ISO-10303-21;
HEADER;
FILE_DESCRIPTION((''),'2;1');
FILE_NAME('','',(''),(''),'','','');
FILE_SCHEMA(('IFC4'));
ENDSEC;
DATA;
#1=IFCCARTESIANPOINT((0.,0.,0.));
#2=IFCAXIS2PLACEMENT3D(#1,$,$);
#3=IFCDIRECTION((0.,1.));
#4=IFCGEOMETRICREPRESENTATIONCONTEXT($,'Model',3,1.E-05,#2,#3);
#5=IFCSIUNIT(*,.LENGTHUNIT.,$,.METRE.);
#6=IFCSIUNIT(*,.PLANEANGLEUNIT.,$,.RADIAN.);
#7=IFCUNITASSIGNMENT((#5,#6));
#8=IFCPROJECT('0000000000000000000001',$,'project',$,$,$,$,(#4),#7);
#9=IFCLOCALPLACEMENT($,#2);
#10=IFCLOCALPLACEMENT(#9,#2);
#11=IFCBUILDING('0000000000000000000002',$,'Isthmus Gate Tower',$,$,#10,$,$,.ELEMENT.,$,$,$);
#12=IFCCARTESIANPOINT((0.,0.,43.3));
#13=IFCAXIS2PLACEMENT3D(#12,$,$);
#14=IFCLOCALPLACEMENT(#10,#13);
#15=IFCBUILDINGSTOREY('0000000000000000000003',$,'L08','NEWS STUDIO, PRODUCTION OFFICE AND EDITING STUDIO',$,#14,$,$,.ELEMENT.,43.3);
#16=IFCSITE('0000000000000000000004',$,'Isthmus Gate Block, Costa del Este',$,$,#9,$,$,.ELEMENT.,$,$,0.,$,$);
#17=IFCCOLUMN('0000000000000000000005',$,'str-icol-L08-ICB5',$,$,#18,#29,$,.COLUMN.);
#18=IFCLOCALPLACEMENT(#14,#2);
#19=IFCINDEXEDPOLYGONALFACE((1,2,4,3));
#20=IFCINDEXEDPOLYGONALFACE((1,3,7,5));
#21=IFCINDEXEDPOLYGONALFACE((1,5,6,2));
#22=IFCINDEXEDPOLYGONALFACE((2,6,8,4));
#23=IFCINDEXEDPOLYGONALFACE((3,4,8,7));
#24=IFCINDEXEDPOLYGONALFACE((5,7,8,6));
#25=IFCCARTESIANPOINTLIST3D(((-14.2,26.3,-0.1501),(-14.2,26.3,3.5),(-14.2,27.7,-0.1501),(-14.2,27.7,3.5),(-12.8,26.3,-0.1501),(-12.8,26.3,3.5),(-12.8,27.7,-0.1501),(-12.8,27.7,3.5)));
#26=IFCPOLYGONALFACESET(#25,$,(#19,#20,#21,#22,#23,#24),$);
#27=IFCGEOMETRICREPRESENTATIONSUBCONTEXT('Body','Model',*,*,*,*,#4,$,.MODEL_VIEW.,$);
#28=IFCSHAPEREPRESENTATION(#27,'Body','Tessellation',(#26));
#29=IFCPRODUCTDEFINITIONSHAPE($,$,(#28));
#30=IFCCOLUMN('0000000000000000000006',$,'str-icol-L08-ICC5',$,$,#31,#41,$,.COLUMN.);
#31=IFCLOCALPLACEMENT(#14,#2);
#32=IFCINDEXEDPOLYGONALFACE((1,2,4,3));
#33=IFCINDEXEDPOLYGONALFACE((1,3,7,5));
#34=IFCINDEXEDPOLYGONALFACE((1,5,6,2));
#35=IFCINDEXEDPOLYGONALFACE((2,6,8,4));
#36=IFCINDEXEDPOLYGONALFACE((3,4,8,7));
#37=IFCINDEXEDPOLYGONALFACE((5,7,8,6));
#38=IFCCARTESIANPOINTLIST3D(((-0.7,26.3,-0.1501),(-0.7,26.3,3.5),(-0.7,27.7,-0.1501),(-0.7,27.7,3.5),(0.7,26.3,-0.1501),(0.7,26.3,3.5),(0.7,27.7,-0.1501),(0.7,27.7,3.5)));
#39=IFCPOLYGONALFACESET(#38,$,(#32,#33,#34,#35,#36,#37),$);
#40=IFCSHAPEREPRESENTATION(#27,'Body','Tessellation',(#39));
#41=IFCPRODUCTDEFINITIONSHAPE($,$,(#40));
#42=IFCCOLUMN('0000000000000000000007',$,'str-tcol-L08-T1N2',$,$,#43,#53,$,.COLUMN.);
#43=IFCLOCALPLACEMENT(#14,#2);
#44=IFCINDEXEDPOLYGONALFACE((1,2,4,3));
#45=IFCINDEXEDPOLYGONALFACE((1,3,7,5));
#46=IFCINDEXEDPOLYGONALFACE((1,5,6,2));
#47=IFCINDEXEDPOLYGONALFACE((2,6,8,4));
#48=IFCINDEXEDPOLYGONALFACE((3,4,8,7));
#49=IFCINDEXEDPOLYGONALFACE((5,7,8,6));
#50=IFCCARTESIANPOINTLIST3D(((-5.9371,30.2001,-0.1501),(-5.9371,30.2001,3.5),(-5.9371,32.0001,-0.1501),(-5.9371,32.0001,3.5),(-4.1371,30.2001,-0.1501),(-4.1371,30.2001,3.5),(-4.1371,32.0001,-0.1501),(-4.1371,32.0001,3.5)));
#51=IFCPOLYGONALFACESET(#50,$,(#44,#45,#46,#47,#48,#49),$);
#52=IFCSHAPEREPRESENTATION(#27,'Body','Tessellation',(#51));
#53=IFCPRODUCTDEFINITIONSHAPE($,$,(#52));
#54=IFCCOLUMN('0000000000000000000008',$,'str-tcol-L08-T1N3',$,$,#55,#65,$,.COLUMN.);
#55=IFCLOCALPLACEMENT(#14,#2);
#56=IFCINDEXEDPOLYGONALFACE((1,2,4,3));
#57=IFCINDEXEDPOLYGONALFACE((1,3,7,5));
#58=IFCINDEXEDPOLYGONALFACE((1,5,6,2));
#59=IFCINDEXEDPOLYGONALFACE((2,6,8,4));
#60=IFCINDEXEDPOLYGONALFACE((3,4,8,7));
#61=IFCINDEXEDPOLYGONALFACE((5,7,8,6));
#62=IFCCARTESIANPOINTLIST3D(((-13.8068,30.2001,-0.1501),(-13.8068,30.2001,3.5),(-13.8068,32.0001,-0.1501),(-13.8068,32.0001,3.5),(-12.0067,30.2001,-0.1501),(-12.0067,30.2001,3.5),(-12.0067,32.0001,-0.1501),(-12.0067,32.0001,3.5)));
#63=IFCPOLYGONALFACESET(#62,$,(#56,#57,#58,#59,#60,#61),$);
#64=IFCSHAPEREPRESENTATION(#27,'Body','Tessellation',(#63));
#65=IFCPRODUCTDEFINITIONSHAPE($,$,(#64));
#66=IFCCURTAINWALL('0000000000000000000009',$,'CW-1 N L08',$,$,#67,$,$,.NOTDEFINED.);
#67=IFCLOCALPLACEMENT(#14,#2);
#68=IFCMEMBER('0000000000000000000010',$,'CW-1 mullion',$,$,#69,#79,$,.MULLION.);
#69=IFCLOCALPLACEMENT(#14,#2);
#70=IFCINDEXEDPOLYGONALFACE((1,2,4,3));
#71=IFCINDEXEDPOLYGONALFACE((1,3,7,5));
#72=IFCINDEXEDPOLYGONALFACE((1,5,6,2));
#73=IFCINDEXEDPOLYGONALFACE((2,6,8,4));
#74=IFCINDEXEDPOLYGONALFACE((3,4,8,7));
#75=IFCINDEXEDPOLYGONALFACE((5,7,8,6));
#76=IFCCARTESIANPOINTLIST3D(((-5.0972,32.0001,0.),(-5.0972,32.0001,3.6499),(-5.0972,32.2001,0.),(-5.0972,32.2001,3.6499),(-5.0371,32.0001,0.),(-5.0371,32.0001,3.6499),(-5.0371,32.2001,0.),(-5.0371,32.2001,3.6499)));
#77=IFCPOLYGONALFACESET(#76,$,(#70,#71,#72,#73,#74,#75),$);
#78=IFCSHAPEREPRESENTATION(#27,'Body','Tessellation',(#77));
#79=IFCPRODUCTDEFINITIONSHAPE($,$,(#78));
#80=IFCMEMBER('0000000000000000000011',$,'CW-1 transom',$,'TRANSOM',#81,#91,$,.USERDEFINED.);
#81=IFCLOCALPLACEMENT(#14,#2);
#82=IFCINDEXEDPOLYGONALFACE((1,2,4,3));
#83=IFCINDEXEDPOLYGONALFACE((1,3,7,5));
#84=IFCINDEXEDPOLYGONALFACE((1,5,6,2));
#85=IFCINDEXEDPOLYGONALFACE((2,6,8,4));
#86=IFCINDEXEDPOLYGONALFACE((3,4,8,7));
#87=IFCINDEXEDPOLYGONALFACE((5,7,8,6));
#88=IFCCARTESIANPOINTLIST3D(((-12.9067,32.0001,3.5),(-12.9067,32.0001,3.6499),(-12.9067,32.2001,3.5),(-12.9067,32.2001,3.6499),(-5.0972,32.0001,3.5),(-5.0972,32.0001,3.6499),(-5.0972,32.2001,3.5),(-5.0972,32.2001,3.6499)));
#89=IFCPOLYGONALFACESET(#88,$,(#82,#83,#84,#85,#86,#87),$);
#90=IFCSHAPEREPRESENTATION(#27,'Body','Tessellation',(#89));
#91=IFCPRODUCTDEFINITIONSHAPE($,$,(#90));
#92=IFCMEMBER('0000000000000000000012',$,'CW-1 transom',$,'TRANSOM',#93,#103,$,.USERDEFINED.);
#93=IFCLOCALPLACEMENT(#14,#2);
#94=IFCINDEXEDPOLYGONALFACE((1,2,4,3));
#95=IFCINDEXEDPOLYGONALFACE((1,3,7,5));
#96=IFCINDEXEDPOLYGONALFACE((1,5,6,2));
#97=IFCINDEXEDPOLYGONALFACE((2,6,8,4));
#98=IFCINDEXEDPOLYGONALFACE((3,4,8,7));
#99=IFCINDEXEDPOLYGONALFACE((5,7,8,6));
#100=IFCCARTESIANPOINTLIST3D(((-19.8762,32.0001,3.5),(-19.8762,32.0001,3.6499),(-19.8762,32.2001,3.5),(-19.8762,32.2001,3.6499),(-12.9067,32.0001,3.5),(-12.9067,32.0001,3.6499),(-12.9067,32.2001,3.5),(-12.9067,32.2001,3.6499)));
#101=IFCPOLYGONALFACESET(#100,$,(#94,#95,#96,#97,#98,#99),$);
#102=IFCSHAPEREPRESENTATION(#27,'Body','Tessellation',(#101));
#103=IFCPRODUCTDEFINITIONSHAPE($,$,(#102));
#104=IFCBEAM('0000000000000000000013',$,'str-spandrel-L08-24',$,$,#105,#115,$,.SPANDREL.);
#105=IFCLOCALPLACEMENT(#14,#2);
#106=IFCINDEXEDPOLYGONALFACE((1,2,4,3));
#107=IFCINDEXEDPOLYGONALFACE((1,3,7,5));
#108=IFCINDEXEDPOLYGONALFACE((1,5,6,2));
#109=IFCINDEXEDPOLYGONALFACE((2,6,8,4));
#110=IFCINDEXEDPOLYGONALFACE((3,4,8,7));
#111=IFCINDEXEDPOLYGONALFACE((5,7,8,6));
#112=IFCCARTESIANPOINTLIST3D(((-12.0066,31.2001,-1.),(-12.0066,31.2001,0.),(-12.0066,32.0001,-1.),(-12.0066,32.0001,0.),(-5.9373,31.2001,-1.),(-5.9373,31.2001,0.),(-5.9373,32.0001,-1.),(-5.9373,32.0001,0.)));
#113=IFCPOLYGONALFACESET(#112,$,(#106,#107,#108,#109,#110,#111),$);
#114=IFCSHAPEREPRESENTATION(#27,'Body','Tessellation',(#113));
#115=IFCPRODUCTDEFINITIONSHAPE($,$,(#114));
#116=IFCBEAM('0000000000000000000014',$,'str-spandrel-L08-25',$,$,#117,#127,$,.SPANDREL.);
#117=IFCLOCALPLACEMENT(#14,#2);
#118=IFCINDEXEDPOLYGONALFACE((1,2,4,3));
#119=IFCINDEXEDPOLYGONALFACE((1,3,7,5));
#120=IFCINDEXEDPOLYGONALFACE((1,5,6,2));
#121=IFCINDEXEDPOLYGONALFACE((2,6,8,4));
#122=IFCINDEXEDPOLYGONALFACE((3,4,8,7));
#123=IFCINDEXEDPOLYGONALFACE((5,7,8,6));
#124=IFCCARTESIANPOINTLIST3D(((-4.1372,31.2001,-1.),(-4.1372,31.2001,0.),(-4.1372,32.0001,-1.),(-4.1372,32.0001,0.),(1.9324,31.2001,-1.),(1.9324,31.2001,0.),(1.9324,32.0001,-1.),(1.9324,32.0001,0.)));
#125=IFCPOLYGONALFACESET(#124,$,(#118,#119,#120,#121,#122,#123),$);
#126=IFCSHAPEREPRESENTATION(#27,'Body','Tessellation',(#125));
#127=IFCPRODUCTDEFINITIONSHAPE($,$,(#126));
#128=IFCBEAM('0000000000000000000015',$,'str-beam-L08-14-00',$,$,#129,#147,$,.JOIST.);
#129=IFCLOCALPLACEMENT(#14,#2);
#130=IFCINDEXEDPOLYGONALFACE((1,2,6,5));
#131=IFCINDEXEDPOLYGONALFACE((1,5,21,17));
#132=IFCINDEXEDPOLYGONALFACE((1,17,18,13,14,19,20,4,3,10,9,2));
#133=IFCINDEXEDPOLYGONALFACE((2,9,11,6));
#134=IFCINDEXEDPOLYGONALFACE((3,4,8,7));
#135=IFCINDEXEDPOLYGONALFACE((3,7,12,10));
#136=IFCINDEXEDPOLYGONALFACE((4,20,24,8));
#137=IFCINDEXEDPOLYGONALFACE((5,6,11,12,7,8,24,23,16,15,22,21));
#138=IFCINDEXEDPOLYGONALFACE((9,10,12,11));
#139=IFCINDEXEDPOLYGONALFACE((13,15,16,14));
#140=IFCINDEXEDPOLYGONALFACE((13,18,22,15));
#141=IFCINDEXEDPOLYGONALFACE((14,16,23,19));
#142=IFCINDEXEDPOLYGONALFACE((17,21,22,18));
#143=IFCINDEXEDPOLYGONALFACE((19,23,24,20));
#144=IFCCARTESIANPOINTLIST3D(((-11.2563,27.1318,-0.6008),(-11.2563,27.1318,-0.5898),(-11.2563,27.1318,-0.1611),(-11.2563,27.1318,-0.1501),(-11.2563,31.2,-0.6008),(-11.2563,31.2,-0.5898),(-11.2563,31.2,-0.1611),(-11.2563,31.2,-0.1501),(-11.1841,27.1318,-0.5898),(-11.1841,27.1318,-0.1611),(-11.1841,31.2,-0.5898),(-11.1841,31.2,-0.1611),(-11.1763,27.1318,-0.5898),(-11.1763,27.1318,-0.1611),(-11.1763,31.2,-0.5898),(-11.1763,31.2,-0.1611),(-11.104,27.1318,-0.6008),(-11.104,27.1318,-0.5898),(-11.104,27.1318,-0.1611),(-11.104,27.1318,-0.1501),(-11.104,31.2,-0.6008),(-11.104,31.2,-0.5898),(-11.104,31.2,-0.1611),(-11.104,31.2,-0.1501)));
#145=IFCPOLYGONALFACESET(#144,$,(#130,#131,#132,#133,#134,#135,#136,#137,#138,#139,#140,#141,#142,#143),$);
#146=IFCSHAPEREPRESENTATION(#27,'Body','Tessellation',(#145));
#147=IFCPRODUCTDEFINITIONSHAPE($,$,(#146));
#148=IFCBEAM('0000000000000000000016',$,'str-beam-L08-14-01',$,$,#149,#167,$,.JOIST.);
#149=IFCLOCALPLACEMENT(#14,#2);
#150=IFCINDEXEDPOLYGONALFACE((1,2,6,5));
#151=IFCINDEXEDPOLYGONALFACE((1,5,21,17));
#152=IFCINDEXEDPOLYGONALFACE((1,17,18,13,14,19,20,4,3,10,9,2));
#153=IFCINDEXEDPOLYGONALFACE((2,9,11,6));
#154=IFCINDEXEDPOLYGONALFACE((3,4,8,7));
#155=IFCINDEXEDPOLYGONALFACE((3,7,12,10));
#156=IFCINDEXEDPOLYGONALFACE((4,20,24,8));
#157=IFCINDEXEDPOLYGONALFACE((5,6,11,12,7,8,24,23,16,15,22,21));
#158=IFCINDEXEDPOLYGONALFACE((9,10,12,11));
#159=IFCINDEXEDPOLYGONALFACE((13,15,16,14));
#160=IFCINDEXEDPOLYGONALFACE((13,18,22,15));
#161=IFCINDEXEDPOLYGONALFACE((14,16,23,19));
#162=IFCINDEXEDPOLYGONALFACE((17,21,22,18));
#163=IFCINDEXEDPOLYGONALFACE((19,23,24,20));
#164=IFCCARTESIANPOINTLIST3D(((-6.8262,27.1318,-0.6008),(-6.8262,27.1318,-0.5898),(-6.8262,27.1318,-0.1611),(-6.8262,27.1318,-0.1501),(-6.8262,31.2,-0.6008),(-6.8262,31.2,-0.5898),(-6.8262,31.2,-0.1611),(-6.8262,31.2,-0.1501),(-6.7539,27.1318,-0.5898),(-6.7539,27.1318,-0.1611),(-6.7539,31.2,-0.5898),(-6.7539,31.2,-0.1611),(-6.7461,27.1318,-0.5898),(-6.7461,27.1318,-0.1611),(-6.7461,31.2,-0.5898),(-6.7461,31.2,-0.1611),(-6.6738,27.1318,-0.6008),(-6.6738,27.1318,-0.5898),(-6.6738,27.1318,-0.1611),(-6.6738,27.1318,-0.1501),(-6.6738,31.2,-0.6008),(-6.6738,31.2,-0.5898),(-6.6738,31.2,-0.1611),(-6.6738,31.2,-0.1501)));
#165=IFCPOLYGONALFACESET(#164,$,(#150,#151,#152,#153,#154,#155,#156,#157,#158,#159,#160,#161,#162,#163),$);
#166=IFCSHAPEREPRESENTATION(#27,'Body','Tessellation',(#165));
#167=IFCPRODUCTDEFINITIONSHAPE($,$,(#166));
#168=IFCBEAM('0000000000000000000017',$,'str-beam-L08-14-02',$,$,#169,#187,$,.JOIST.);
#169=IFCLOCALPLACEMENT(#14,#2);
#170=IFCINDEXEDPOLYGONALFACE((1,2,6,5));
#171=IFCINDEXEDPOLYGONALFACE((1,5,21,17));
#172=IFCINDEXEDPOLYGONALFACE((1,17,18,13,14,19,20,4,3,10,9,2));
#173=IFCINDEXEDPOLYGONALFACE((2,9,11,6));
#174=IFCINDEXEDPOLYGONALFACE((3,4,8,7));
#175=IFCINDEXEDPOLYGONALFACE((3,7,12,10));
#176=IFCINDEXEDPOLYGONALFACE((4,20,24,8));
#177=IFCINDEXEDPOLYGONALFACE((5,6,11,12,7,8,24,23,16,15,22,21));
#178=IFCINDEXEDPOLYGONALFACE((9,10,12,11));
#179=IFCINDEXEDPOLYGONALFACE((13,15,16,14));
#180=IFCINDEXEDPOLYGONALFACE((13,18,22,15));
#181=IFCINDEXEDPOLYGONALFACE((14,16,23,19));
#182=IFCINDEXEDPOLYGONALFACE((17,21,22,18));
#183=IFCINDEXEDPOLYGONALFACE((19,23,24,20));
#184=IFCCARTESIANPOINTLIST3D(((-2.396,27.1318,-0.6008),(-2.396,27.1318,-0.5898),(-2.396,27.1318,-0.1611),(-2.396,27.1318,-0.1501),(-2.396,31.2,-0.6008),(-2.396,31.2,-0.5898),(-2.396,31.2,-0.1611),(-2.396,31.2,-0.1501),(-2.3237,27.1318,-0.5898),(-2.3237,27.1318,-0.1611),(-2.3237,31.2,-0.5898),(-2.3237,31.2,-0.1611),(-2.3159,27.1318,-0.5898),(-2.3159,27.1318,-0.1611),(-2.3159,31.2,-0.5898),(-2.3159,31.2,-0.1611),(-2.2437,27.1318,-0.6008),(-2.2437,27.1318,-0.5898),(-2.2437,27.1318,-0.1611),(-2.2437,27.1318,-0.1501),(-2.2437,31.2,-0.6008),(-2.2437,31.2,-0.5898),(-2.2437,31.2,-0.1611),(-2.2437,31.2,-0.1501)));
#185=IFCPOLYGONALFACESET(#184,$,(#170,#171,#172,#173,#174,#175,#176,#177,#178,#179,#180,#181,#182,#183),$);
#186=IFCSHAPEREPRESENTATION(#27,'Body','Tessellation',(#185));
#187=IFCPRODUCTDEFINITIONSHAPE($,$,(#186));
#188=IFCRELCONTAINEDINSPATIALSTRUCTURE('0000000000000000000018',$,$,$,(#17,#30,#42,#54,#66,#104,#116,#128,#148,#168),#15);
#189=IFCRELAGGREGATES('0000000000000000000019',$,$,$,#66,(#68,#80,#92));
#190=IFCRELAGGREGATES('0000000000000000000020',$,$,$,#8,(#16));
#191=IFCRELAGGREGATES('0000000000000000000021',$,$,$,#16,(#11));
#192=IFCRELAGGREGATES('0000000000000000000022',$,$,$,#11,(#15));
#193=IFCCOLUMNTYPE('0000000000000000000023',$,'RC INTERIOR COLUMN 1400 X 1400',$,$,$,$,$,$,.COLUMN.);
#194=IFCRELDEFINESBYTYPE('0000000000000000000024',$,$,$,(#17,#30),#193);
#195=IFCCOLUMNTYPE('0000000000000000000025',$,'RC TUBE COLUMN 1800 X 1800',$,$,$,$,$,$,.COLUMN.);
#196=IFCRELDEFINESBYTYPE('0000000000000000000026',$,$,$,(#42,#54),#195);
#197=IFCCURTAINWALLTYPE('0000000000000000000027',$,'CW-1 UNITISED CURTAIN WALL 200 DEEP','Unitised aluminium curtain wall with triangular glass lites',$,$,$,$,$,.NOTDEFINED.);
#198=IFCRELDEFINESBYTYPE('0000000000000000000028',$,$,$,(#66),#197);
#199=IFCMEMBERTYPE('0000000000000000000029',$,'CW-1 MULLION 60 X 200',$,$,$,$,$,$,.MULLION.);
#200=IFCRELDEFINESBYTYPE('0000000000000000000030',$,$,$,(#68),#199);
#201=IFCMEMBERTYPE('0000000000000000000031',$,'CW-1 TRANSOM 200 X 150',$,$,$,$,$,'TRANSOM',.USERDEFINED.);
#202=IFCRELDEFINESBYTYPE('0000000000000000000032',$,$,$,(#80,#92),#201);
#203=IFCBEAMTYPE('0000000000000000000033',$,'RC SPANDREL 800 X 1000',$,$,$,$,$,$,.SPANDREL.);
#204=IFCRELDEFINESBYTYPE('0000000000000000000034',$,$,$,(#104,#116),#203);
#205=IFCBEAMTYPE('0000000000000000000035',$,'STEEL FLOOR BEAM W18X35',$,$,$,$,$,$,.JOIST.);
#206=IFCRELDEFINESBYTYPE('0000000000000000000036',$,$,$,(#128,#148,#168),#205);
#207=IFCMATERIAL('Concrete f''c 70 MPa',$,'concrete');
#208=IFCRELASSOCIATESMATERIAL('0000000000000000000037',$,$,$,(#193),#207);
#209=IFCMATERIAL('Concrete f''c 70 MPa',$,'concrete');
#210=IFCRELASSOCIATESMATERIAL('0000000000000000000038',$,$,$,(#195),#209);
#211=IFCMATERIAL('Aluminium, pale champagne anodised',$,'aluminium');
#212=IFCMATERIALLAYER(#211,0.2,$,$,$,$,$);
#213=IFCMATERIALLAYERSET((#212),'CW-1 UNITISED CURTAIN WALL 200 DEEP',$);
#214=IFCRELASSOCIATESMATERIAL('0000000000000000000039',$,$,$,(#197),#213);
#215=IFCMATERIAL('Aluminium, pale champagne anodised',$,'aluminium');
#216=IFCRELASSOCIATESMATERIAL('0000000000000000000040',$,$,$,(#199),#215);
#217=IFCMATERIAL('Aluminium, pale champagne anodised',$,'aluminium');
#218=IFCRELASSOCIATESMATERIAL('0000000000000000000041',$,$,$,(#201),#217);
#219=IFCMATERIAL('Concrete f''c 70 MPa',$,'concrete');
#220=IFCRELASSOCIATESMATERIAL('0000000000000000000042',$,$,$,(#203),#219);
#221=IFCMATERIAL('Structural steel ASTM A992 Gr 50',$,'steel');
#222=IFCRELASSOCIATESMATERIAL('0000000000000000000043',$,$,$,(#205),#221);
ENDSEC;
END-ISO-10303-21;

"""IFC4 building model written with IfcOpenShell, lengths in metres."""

from ifc_helpers import new_model, si_unit, direction, frame, origin, origin_2d, place, context, subcontext, project, spatial, rectangle, i_section, extrude, material, layer, layer_set, material_profile, profile_set, type_object, element, aggregate, save


model = new_model("IFC4")

# Units and contexts
model_context = context("Model", 3, precision=1e-05, world=origin(), true_north=direction((0.0, 1.0)))
body_context = subcontext(model_context, "Body", "Model", "MODEL_VIEW")
ifc_project = project(units=[si_unit("LENGTHUNIT", "METRE"), si_unit("PLANEANGLEUNIT", "RADIAN")], contexts=[model_context])

# Site, building, storey
site_placement = place(None, origin())
site = spatial("IfcSite", under=ifc_project, at=site_placement, Name="Isthmus Gate Block, Costa del Este", CompositionType="ELEMENT", RefElevation=0.0)
building_placement = place(site_placement, origin())
building = spatial("IfcBuilding", under=site, at=building_placement, Name="Isthmus Gate Tower", CompositionType="ELEMENT")
storey_placement = place(building_placement, frame((0.0, 0.0, 43.3)))
storey = spatial("IfcBuildingStorey", under=building, at=storey_placement, Name="L08", Description="NEWS STUDIO, PRODUCTION OFFICE AND EDITING STUDIO", CompositionType="ELEMENT", Elevation=43.3)

# Columns
ifc_material_1 = material(Name="Concrete f'c 70 MPa", Category="concrete")
ifc_material_profile_1 = material_profile(ifc_material_1, rectangle(XDim=1.3999, YDim=1.3999, at=origin_2d()), Name="RC 1400X1400")
ifc_profile_set_1 = profile_set([ifc_material_profile_1], Name="Concrete f'c 70 MPa")
column_type_1 = type_object("IfcColumnType", Name="RC INTERIOR COLUMN 1400 X 1400", PredefinedType="COLUMN", material=ifc_profile_set_1)
for number, where, z_axis, x_axis, name in (
    (1, (-13.5, 27.0, -0.1501), (0.0, 0.0, 1.0), (1.0, 0.0, 0.0), "str-icol-L08-ICB5"),
    (2, (0.0, 27.0, -0.1501), (0.0, 0.0, 1.0), (1.0, 0.0, 0.0), "str-icol-L08-ICC5"),
):
    element("IfcColumn", number, at=place(storey_placement, frame(where, z_axis=z_axis, x_axis=x_axis)), inside=storey, type_object=column_type_1, Name=name, PredefinedType="COLUMN", context=body_context, shape_type="SweptSolid", body=[
        extrude(rectangle(XDim=1.3999, YDim=1.3999, at=origin_2d()), origin(), (0.0, 0.0, 1.0), 3.6501),
    ])
ifc_material_2 = material(Name="Concrete f'c 70 MPa", Category="concrete")
ifc_material_profile_2 = material_profile(ifc_material_2, rectangle(XDim=1.8, YDim=1.8, at=origin_2d()), Name="RC 1800X1800")
ifc_profile_set_2 = profile_set([ifc_material_profile_2], Name="Concrete f'c 70 MPa")
column_type_2 = type_object("IfcColumnType", Name="RC TUBE COLUMN 1800 X 1800", PredefinedType="COLUMN", material=ifc_profile_set_2)
for number, where, z_axis, x_axis, name in (
    (3, (-5.0371, 31.1001, -0.1501), (0.0, 0.0, 1.0), (-1.0, 0.0, 0.0), "str-tcol-L08-T1N2"),
    (4, (-12.9067, 31.1001, -0.1501), (0.0, 0.0, 1.0), (-1.0, 0.0, 0.0), "str-tcol-L08-T1N3"),
):
    element("IfcColumn", number, at=place(storey_placement, frame(where, z_axis=z_axis, x_axis=x_axis)), inside=storey, type_object=column_type_2, Name=name, PredefinedType="COLUMN", context=body_context, shape_type="SweptSolid", body=[
        extrude(rectangle(XDim=1.8, YDim=1.8, at=origin_2d()), origin(), (0.0, 0.0, 1.0), 3.6501),
    ])

# Curtain wall, members
ifc_material_3 = material(Name="Aluminium, pale champagne anodised", Category="aluminium")
ifc_layer_1 = layer(ifc_material_3, 0.2)
ifc_layer_set_1 = layer_set([ifc_layer_1], Name="CW-1 UNITISED CURTAIN WALL 200 DEEP")
curtain_wall_type = type_object("IfcCurtainWallType", Name="CW-1 UNITISED CURTAIN WALL 200 DEEP", Description="Unitised aluminium curtain wall with triangular glass lites", PredefinedType="NOTDEFINED", material=ifc_layer_set_1)
curtain_wall_placement = place(storey_placement, origin())
curtain_wall = element("IfcCurtainWall", 5, at=curtain_wall_placement, inside=storey, type_object=curtain_wall_type, Name="CW-1 N L08", PredefinedType="NOTDEFINED")
ifc_material_4 = material(Name="Aluminium, pale champagne anodised", Category="aluminium")
ifc_material_profile_3 = material_profile(ifc_material_4, rectangle(XDim=0.0601, YDim=0.2, at=origin_2d()), Name="60x200")
ifc_profile_set_3 = profile_set([ifc_material_profile_3], Name="Aluminium, pale champagne anodised")
member_type_1 = type_object("IfcMemberType", Name="CW-1 MULLION 60 X 200", PredefinedType="MULLION", material=ifc_profile_set_3)
member_1_placement = place(storey_placement, frame((-5.0671, 32.1001, 0.0), z_axis=(0.0, 0.0, 1.0), x_axis=(-1.0, 0.0, 0.0)))
member_1 = element("IfcMember", 6, at=member_1_placement, type_object=member_type_1, Name="CW-1 mullion", PredefinedType="MULLION", context=body_context, shape_type="SweptSolid", body=[
    extrude(rectangle(XDim=0.0601, YDim=0.2, at=origin_2d()), origin(), (0.0, 0.0, 1.0), 3.6499),
])
ifc_material_5 = material(Name="Aluminium, pale champagne anodised", Category="aluminium")
ifc_material_profile_4 = material_profile(ifc_material_5, rectangle(XDim=0.2, YDim=0.1499, at=origin_2d()), Name="200x150")
ifc_profile_set_4 = profile_set([ifc_material_profile_4], Name="Aluminium, pale champagne anodised")
member_type_2 = type_object("IfcMemberType", Name="CW-1 TRANSOM 200 X 150", ElementType="TRANSOM", PredefinedType="USERDEFINED", material=ifc_profile_set_4)
member_2_placement = place(storey_placement, frame((-5.0972, 32.1001, 3.575), z_axis=(-1.0, 0.0, 0.0), x_axis=(0.0, -1.0, 0.0)))
member_2 = element("IfcMember", 7, at=member_2_placement, type_object=member_type_2, Name="CW-1 transom", ObjectType="TRANSOM", PredefinedType="USERDEFINED", context=body_context, shape_type="SweptSolid", body=[
    extrude(rectangle(XDim=0.2, YDim=0.1499, at=origin_2d()), origin(), (0.0, 0.0, 1.0), 7.8096),
])
member_3_placement = place(storey_placement, frame((-12.9067, 32.1001, 3.575), z_axis=(-1.0, 0.0, 0.0), x_axis=(0.0, -1.0, 0.0)))
member_3 = element("IfcMember", 8, at=member_3_placement, type_object=member_type_2, Name="CW-1 transom", ObjectType="TRANSOM", PredefinedType="USERDEFINED", context=body_context, shape_type="SweptSolid", body=[
    extrude(rectangle(XDim=0.2, YDim=0.1499, at=origin_2d()), origin(), (0.0, 0.0, 1.0), 6.9695),
])

# Beams
ifc_material_6 = material(Name="Concrete f'c 70 MPa", Category="concrete")
ifc_material_profile_5 = material_profile(ifc_material_6, rectangle(XDim=0.8, YDim=1.0, at=origin_2d()), Name="RC 800X1000")
ifc_profile_set_5 = profile_set([ifc_material_profile_5], Name="Concrete f'c 70 MPa")
beam_type_1 = type_object("IfcBeamType", Name="RC SPANDREL 800 X 1000", PredefinedType="SPANDREL", material=ifc_profile_set_5)
beam_1_placement = place(storey_placement, frame((-12.0066, 31.6001, -0.5), z_axis=(1.0, 0.0, 0.0), x_axis=(0.0, 1.0, 0.0)))
element("IfcBeam", 9, at=beam_1_placement, inside=storey, type_object=beam_type_1, Name="str-spandrel-L08-24", PredefinedType="SPANDREL", context=body_context, shape_type="SweptSolid", body=[
    extrude(rectangle(XDim=0.8, YDim=1.0, at=origin_2d()), origin(), (0.0, 0.0, 1.0), 6.0693),
])
beam_2_placement = place(storey_placement, frame((-4.1372, 31.6001, -0.5), z_axis=(1.0, 0.0, 0.0), x_axis=(0.0, 1.0, 0.0)))
element("IfcBeam", 10, at=beam_2_placement, inside=storey, type_object=beam_type_1, Name="str-spandrel-L08-25", PredefinedType="SPANDREL", context=body_context, shape_type="SweptSolid", body=[
    extrude(rectangle(XDim=0.8, YDim=1.0, at=origin_2d()), origin(), (0.0, 0.0, 1.0), 6.0696),
])
ifc_material_7 = material(Name="Structural steel ASTM A992 Gr 50", Category="steel")
ifc_material_profile_6 = material_profile(ifc_material_7, i_section(OverallWidth=0.1523, OverallDepth=0.4507, WebThickness=0.0078, FlangeThickness=0.011, at=origin_2d()), Name="W18X35")
ifc_profile_set_6 = profile_set([ifc_material_profile_6], Name="Structural steel ASTM A992 Gr 50")
beam_type_2 = type_object("IfcBeamType", Name="STEEL FLOOR BEAM W18X35", PredefinedType="JOIST", material=ifc_profile_set_6)
for number, where, z_axis, x_axis, name in (
    (11, (-11.1802, 27.1318, -0.3755), (0.0, 1.0, 0.0), (-1.0, 0.0, 0.0), "str-beam-L08-14-00"),
    (12, (-6.75, 27.1318, -0.3755), (0.0, 1.0, 0.0), (-1.0, 0.0, 0.0), "str-beam-L08-14-01"),
    (13, (-2.3198, 27.1318, -0.3755), (0.0, 1.0, 0.0), (-1.0, 0.0, 0.0), "str-beam-L08-14-02"),
):
    element("IfcBeam", number, at=place(storey_placement, frame(where, z_axis=z_axis, x_axis=x_axis)), inside=storey, type_object=beam_type_2, Name=name, PredefinedType="JOIST", context=body_context, shape_type="SweptSolid", body=[
        extrude(i_section(OverallWidth=0.1523, OverallDepth=0.4507, WebThickness=0.0078, FlangeThickness=0.011, at=origin_2d()), origin(), (0.0, 0.0, 1.0), 4.0681),
    ])

aggregate(curtain_wall, [member_1, member_2, member_3])

save(model, "model.ifc")
